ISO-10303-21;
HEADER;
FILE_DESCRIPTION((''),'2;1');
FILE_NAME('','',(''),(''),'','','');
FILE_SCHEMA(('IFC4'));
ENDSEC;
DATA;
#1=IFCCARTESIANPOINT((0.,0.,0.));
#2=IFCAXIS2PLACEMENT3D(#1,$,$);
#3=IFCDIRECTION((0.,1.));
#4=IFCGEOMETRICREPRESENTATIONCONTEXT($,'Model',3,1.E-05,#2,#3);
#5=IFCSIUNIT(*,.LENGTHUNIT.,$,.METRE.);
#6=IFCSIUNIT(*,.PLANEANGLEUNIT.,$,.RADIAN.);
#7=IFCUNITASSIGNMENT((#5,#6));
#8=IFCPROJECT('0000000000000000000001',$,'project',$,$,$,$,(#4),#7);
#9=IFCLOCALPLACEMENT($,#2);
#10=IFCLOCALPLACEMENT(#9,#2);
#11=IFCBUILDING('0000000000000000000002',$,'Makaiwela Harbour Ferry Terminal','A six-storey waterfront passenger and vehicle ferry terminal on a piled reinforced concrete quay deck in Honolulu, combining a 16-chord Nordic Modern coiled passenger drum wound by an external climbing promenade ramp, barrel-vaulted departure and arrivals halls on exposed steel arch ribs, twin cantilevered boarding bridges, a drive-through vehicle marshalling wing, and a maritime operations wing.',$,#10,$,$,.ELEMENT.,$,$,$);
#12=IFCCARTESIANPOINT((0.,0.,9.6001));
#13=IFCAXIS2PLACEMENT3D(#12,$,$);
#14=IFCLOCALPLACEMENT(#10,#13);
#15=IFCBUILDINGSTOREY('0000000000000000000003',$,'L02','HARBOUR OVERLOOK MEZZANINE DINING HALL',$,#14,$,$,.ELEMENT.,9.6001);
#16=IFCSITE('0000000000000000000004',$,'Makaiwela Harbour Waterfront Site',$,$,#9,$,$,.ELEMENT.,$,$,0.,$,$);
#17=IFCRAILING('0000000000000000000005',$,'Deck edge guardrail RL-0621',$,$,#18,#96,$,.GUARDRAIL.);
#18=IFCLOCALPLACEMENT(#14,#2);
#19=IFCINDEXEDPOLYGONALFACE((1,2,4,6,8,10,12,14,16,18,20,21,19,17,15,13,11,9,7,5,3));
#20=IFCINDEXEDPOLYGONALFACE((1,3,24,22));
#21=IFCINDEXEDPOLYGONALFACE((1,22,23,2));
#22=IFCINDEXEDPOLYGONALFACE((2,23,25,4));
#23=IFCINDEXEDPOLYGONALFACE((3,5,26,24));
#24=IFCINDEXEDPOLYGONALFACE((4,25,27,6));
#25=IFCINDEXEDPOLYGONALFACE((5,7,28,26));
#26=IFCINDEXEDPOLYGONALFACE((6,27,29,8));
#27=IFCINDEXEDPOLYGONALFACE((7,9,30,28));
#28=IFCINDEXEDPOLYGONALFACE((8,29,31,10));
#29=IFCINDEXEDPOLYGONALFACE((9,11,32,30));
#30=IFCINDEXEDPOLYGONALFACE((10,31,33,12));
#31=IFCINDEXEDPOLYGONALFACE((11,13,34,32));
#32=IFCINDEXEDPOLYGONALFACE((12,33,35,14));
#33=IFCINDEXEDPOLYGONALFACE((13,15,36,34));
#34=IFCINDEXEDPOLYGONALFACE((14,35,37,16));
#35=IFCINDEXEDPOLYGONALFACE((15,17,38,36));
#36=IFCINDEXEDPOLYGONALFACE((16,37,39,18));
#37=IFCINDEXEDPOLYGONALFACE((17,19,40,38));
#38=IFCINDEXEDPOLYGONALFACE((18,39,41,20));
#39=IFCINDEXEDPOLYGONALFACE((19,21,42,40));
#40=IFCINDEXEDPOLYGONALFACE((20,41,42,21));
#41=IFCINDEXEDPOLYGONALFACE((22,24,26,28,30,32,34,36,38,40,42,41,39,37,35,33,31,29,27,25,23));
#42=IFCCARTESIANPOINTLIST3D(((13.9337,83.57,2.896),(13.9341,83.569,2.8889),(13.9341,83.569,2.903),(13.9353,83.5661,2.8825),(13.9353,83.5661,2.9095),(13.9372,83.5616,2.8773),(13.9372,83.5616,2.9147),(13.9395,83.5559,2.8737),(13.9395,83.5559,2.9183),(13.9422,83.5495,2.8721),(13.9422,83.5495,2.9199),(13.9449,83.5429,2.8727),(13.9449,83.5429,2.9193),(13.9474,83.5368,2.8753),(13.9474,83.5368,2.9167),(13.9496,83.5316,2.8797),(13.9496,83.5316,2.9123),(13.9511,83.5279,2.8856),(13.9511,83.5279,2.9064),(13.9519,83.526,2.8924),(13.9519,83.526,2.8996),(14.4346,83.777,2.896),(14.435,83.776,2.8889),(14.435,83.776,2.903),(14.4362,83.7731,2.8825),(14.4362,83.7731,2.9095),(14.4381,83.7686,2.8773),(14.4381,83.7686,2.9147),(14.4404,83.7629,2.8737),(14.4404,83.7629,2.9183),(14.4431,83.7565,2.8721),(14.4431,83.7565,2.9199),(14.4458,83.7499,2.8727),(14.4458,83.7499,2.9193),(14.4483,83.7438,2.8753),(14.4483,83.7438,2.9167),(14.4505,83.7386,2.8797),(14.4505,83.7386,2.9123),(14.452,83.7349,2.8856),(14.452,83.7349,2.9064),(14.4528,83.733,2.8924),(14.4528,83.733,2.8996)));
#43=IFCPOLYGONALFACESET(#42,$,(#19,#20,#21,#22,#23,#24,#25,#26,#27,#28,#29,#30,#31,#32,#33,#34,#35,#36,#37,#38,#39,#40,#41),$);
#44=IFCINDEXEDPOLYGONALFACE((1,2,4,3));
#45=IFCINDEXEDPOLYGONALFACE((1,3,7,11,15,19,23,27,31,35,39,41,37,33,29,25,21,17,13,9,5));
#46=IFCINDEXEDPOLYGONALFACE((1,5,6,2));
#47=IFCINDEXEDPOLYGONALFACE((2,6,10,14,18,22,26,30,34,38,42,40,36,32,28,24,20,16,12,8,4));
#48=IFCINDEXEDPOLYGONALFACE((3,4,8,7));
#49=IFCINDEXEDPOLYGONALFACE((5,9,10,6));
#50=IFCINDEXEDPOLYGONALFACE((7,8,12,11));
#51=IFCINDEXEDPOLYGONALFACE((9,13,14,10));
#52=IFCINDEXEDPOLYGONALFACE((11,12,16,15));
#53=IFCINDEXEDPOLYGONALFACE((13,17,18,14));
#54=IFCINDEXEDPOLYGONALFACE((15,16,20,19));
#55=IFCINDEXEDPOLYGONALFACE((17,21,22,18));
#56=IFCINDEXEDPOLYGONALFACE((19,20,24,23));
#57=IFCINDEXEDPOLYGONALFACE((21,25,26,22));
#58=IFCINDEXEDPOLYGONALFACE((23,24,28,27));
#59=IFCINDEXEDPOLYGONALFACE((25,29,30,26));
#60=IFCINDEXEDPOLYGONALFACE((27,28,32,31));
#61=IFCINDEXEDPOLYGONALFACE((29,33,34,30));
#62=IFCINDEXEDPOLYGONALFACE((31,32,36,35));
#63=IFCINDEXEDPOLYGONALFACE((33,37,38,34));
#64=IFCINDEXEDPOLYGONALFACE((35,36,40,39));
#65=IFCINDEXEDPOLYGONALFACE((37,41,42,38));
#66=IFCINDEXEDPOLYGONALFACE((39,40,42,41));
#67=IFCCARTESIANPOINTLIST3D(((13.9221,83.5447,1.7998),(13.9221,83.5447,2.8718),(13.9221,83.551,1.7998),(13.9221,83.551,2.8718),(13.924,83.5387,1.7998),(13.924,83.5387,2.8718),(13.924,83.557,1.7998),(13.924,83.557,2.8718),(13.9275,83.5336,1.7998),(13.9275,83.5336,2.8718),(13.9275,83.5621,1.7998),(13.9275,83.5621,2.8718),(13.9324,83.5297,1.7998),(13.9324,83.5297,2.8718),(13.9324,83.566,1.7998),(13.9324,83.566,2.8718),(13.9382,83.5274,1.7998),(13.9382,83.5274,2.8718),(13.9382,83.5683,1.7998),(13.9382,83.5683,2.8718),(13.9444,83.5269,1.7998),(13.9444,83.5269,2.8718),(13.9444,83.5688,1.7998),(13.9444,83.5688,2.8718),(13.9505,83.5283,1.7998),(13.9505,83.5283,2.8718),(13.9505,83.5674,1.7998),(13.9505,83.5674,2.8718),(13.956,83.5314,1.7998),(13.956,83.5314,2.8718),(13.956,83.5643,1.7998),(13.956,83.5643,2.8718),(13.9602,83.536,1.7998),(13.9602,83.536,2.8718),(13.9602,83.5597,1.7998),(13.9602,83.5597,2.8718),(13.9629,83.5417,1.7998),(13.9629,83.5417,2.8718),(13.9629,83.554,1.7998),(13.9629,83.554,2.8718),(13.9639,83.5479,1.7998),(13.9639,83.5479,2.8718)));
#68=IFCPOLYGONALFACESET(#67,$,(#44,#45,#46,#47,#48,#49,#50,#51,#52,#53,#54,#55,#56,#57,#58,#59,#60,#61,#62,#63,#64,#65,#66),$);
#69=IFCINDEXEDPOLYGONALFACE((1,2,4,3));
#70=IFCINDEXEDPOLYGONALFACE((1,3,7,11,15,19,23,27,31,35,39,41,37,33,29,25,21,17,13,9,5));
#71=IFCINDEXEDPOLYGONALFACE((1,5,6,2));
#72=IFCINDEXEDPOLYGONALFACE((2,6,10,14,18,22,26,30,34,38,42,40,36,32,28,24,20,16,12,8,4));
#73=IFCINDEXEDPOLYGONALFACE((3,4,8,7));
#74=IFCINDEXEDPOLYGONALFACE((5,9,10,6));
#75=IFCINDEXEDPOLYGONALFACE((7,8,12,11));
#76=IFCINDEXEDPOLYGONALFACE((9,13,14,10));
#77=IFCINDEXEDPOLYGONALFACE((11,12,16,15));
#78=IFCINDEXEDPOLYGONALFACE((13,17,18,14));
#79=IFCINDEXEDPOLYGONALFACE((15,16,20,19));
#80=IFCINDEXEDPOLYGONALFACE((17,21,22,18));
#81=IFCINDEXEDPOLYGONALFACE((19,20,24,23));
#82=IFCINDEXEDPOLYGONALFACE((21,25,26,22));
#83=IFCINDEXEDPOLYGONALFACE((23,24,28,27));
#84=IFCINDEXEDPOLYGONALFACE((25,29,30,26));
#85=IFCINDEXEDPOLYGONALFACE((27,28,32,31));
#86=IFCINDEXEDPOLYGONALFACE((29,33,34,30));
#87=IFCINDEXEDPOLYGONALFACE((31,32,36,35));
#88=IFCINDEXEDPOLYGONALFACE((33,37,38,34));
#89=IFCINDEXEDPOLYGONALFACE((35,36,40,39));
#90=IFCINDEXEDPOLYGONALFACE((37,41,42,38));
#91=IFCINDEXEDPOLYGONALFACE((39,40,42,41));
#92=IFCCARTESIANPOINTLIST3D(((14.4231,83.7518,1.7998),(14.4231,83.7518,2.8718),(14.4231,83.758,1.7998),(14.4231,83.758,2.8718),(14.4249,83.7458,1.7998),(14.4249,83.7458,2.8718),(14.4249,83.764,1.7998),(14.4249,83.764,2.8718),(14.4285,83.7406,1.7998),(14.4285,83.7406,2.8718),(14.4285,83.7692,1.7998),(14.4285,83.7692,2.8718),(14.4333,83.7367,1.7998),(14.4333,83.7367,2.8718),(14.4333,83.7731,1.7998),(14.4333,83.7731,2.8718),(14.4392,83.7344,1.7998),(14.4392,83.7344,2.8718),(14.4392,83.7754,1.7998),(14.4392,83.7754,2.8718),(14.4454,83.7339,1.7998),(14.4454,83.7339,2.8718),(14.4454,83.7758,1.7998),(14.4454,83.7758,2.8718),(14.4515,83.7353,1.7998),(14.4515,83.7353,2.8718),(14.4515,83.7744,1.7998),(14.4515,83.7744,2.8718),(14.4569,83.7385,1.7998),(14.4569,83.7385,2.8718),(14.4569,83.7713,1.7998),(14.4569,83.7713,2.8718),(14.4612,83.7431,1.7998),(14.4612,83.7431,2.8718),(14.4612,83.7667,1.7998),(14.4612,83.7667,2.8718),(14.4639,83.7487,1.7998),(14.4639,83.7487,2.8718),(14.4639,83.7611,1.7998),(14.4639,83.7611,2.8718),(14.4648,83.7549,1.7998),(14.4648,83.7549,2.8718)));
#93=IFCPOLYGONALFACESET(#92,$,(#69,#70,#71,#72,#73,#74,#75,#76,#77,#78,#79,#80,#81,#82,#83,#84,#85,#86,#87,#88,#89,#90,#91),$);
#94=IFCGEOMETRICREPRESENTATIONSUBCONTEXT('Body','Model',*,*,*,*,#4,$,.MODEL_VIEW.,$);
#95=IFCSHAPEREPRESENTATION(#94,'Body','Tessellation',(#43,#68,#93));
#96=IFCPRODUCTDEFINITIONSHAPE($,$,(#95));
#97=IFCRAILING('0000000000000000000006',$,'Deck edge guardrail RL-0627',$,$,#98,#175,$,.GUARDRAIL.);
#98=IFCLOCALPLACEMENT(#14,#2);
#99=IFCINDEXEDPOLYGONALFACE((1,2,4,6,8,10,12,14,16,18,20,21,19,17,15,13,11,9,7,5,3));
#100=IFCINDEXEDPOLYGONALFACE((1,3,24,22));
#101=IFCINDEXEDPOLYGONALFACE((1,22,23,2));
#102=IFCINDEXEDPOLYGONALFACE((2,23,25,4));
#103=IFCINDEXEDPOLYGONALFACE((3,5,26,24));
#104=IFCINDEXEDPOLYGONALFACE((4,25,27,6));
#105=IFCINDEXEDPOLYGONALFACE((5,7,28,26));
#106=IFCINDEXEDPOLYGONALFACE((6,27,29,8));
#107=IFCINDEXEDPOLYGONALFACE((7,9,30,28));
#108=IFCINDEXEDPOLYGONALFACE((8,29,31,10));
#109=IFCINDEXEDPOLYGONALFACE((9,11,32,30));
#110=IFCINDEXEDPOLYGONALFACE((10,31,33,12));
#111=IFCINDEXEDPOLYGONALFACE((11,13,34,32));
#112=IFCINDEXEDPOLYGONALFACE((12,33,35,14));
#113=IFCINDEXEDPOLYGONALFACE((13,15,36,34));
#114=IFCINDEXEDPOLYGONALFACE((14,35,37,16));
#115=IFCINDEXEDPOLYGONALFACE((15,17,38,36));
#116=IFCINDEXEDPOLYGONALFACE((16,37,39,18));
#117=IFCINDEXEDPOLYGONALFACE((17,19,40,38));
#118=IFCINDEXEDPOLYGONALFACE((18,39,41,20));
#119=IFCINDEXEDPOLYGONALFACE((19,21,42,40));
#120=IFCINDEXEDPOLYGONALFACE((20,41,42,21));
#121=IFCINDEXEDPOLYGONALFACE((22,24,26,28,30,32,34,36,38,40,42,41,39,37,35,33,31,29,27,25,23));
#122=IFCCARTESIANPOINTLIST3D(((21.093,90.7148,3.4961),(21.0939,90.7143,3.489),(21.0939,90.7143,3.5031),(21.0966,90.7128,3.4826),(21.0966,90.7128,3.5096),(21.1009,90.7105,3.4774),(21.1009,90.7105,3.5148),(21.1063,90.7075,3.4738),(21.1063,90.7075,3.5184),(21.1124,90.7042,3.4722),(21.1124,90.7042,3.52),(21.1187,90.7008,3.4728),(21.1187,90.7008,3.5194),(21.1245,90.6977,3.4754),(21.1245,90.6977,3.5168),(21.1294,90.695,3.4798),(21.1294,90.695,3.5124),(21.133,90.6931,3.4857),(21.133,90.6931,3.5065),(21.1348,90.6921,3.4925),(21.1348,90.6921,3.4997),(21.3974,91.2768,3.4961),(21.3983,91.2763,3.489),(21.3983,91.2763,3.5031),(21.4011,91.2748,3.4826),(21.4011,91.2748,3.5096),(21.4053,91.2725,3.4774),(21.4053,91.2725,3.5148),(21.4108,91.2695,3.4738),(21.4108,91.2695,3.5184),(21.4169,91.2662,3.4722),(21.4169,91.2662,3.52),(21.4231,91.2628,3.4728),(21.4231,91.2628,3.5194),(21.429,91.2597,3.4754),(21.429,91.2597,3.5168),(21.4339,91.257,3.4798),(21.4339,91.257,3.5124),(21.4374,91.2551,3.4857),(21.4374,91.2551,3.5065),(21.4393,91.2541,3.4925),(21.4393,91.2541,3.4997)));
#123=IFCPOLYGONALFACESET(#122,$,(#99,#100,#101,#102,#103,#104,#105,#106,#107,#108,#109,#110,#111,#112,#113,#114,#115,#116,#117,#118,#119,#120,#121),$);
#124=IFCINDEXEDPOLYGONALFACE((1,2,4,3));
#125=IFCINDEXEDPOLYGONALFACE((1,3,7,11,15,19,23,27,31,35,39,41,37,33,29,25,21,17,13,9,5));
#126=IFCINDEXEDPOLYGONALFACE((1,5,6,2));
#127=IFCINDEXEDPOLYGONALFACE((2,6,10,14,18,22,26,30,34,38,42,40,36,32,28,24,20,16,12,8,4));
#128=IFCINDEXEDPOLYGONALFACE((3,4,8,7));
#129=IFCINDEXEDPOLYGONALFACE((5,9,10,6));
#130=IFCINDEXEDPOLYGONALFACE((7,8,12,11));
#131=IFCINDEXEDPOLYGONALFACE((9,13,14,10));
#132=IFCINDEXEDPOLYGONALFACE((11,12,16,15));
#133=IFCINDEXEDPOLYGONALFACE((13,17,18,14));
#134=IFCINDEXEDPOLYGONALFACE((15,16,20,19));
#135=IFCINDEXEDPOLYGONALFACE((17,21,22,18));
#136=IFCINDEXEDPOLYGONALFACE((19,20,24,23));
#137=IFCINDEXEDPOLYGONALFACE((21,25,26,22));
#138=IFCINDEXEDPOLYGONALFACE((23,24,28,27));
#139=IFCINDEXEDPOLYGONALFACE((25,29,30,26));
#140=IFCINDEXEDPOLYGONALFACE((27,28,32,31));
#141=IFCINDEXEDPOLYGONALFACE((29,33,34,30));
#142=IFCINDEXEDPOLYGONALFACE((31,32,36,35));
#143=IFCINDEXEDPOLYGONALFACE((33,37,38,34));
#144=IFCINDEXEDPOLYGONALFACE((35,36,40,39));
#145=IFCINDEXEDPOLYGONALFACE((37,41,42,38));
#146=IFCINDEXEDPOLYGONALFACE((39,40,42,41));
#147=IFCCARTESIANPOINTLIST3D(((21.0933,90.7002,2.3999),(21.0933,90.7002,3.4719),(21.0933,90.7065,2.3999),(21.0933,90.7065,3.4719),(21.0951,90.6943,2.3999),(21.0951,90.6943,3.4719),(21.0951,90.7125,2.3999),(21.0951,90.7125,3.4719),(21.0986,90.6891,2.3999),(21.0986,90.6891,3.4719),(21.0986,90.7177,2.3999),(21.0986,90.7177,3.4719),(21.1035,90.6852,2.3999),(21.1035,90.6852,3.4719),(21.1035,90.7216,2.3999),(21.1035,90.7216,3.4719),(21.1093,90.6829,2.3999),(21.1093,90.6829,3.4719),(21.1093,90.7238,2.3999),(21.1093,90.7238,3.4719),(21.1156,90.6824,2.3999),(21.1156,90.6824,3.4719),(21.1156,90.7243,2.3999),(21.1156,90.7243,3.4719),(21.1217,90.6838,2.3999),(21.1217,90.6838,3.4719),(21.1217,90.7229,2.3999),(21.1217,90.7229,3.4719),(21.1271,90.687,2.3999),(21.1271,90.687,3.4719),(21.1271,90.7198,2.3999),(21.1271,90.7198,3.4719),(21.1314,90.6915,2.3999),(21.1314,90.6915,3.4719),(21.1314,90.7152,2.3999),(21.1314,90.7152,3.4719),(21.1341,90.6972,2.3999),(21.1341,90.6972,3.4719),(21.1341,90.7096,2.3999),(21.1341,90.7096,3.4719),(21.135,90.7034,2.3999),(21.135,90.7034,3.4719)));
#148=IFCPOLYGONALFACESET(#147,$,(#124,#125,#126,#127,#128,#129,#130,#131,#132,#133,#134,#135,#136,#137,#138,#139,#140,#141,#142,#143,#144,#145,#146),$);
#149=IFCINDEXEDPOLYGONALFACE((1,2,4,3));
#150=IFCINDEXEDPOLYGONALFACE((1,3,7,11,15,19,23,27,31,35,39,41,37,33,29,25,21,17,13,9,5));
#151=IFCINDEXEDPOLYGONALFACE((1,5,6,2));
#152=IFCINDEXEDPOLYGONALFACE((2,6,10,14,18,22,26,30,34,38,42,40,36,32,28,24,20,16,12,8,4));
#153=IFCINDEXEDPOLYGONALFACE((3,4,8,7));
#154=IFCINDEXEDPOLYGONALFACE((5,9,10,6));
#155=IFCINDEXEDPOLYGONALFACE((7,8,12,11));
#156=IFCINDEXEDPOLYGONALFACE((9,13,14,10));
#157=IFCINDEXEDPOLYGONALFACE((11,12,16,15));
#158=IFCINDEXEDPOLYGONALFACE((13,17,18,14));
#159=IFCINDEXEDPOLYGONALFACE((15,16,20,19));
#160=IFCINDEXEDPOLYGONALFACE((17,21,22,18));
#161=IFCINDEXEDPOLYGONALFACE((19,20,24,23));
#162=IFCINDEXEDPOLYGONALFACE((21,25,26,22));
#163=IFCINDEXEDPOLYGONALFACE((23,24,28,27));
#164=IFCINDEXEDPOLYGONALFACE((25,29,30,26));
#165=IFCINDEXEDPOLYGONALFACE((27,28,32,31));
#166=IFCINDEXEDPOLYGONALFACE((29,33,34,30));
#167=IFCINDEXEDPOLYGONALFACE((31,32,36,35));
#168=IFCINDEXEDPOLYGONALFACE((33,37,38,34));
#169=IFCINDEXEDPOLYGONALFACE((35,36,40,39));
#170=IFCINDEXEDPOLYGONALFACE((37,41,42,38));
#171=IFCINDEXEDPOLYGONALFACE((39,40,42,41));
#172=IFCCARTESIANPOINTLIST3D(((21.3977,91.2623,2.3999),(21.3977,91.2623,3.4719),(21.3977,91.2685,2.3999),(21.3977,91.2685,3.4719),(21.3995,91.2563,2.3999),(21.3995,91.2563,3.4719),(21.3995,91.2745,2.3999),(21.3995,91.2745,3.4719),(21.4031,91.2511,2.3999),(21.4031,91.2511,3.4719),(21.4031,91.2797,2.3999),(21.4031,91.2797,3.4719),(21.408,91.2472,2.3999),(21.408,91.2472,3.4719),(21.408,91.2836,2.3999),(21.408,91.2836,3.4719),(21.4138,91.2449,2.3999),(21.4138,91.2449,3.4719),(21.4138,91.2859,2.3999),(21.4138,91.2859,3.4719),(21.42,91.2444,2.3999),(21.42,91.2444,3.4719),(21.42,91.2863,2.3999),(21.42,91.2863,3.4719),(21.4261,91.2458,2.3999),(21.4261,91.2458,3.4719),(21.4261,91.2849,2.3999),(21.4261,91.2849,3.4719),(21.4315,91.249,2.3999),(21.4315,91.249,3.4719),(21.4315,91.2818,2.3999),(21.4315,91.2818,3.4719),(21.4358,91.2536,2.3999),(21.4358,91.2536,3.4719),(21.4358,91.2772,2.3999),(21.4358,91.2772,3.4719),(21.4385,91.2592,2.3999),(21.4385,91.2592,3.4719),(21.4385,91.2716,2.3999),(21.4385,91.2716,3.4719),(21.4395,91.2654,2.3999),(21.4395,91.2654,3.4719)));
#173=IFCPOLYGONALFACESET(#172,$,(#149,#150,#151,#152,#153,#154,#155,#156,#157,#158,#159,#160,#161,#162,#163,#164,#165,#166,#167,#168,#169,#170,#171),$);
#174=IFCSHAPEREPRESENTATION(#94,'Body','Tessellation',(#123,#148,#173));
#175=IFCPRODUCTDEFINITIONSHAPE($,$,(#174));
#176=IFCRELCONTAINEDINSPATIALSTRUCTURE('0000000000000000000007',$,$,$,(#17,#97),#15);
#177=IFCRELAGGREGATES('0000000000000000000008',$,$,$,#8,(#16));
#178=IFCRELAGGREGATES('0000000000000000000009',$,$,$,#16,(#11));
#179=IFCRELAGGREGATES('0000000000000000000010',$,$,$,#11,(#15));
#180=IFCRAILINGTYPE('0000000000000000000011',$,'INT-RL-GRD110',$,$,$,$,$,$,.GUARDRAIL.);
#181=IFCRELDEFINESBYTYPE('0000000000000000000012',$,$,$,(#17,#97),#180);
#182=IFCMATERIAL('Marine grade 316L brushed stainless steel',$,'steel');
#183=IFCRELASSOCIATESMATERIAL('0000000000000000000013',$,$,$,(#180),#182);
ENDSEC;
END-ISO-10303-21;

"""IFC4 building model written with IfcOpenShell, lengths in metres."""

from ifc_helpers import new_model, si_unit, direction, frame, origin, origin_2d, place, context, subcontext, project, spatial, circle, extrude, material, type_object, element, save


model = new_model("IFC4")

# Units and contexts
model_context = context("Model", 3, precision=1e-05, world=origin(), true_north=direction((0.0, 1.0)))
body_context = subcontext(model_context, "Body", "Model", "MODEL_VIEW")
ifc_project = project(units=[si_unit("LENGTHUNIT", "METRE"), si_unit("PLANEANGLEUNIT", "RADIAN")], contexts=[model_context])

# Site, building, storey
site_placement = place(None, origin())
site = spatial("IfcSite", under=ifc_project, at=site_placement, Name="Makaiwela Harbour Waterfront Site", CompositionType="ELEMENT", RefElevation=0.0)
building_placement = place(site_placement, origin())
building = spatial("IfcBuilding", under=site, at=building_placement, Name="Makaiwela Harbour Ferry Terminal", Description="A six-storey waterfront passenger and vehicle ferry terminal on a piled reinforced concrete quay deck in Honolulu, combining a 16-chord Nordic Modern coiled passenger drum wound by an external climbing promenade ramp, barrel-vaulted departure and arrivals halls on exposed steel arch ribs, twin cantilevered boarding bridges, a drive-through vehicle marshalling wing, and a maritime operations wing.", CompositionType="ELEMENT")
storey_placement = place(building_placement, frame((0.0, 0.0, 9.6001)))
storey = spatial("IfcBuildingStorey", under=building, at=storey_placement, Name="L02", Description="HARBOUR OVERLOOK MEZZANINE DINING HALL", CompositionType="ELEMENT", Elevation=9.6001)

# Railings
ifc_material_1 = material(Name="Marine grade 316L brushed stainless steel", Category="steel")
railing_type_1 = type_object("IfcRailingType", Name="INT-RL-GRD110", PredefinedType="GUARDRAIL", material=ifc_material_1)
railing_1_placement = place(storey_placement, frame((13.9429, 83.5479, 1.7998)))
element("IfcRailing", 1, at=railing_1_placement, inside=storey, type_object=railing_type_1, Name="Deck edge guardrail RL-0621", PredefinedType="GUARDRAIL", context=body_context, shape_type="SweptSolid", body=[
    extrude(circle(Radius=0.0239, at=origin_2d()), frame((0.0, 0.0, 1.0962), z_axis=(0.924192, 0.381927, 0.0), x_axis=(-0.381927, 0.924192, 0.0)), (0.0, 0.0, 1.0), 0.542),
    extrude(circle(Radius=0.021, at=origin_2d()), origin(), (0.0, 0.0, 1.0), 1.072),
    extrude(circle(Radius=0.021, at=origin_2d()), frame((0.501, 0.207, 0.0)), (0.0, 0.0, 1.0), 1.072),
])
railing_2_placement = place(storey_placement, frame((21.114, 90.7034, 2.3999)))
element("IfcRailing", 2, at=railing_2_placement, inside=storey, type_object=railing_type_1, Name="Deck edge guardrail RL-0627", PredefinedType="GUARDRAIL", context=body_context, shape_type="SweptSolid", body=[
    extrude(circle(Radius=0.0239, at=origin_2d()), frame((0.0, 0.0, 1.0962), z_axis=(0.476308, 0.879279, 0.0), x_axis=(-0.879279, 0.476308, 0.0)), (0.0, 0.0, 1.0), 0.6392),
    extrude(circle(Radius=0.021, at=origin_2d()), origin(), (0.0, 0.0, 1.0), 1.072),
    extrude(circle(Radius=0.021, at=origin_2d()), frame((0.3044, 0.562, 0.0)), (0.0, 0.0, 1.0), 1.072),
])

save(model, "model.ifc")
